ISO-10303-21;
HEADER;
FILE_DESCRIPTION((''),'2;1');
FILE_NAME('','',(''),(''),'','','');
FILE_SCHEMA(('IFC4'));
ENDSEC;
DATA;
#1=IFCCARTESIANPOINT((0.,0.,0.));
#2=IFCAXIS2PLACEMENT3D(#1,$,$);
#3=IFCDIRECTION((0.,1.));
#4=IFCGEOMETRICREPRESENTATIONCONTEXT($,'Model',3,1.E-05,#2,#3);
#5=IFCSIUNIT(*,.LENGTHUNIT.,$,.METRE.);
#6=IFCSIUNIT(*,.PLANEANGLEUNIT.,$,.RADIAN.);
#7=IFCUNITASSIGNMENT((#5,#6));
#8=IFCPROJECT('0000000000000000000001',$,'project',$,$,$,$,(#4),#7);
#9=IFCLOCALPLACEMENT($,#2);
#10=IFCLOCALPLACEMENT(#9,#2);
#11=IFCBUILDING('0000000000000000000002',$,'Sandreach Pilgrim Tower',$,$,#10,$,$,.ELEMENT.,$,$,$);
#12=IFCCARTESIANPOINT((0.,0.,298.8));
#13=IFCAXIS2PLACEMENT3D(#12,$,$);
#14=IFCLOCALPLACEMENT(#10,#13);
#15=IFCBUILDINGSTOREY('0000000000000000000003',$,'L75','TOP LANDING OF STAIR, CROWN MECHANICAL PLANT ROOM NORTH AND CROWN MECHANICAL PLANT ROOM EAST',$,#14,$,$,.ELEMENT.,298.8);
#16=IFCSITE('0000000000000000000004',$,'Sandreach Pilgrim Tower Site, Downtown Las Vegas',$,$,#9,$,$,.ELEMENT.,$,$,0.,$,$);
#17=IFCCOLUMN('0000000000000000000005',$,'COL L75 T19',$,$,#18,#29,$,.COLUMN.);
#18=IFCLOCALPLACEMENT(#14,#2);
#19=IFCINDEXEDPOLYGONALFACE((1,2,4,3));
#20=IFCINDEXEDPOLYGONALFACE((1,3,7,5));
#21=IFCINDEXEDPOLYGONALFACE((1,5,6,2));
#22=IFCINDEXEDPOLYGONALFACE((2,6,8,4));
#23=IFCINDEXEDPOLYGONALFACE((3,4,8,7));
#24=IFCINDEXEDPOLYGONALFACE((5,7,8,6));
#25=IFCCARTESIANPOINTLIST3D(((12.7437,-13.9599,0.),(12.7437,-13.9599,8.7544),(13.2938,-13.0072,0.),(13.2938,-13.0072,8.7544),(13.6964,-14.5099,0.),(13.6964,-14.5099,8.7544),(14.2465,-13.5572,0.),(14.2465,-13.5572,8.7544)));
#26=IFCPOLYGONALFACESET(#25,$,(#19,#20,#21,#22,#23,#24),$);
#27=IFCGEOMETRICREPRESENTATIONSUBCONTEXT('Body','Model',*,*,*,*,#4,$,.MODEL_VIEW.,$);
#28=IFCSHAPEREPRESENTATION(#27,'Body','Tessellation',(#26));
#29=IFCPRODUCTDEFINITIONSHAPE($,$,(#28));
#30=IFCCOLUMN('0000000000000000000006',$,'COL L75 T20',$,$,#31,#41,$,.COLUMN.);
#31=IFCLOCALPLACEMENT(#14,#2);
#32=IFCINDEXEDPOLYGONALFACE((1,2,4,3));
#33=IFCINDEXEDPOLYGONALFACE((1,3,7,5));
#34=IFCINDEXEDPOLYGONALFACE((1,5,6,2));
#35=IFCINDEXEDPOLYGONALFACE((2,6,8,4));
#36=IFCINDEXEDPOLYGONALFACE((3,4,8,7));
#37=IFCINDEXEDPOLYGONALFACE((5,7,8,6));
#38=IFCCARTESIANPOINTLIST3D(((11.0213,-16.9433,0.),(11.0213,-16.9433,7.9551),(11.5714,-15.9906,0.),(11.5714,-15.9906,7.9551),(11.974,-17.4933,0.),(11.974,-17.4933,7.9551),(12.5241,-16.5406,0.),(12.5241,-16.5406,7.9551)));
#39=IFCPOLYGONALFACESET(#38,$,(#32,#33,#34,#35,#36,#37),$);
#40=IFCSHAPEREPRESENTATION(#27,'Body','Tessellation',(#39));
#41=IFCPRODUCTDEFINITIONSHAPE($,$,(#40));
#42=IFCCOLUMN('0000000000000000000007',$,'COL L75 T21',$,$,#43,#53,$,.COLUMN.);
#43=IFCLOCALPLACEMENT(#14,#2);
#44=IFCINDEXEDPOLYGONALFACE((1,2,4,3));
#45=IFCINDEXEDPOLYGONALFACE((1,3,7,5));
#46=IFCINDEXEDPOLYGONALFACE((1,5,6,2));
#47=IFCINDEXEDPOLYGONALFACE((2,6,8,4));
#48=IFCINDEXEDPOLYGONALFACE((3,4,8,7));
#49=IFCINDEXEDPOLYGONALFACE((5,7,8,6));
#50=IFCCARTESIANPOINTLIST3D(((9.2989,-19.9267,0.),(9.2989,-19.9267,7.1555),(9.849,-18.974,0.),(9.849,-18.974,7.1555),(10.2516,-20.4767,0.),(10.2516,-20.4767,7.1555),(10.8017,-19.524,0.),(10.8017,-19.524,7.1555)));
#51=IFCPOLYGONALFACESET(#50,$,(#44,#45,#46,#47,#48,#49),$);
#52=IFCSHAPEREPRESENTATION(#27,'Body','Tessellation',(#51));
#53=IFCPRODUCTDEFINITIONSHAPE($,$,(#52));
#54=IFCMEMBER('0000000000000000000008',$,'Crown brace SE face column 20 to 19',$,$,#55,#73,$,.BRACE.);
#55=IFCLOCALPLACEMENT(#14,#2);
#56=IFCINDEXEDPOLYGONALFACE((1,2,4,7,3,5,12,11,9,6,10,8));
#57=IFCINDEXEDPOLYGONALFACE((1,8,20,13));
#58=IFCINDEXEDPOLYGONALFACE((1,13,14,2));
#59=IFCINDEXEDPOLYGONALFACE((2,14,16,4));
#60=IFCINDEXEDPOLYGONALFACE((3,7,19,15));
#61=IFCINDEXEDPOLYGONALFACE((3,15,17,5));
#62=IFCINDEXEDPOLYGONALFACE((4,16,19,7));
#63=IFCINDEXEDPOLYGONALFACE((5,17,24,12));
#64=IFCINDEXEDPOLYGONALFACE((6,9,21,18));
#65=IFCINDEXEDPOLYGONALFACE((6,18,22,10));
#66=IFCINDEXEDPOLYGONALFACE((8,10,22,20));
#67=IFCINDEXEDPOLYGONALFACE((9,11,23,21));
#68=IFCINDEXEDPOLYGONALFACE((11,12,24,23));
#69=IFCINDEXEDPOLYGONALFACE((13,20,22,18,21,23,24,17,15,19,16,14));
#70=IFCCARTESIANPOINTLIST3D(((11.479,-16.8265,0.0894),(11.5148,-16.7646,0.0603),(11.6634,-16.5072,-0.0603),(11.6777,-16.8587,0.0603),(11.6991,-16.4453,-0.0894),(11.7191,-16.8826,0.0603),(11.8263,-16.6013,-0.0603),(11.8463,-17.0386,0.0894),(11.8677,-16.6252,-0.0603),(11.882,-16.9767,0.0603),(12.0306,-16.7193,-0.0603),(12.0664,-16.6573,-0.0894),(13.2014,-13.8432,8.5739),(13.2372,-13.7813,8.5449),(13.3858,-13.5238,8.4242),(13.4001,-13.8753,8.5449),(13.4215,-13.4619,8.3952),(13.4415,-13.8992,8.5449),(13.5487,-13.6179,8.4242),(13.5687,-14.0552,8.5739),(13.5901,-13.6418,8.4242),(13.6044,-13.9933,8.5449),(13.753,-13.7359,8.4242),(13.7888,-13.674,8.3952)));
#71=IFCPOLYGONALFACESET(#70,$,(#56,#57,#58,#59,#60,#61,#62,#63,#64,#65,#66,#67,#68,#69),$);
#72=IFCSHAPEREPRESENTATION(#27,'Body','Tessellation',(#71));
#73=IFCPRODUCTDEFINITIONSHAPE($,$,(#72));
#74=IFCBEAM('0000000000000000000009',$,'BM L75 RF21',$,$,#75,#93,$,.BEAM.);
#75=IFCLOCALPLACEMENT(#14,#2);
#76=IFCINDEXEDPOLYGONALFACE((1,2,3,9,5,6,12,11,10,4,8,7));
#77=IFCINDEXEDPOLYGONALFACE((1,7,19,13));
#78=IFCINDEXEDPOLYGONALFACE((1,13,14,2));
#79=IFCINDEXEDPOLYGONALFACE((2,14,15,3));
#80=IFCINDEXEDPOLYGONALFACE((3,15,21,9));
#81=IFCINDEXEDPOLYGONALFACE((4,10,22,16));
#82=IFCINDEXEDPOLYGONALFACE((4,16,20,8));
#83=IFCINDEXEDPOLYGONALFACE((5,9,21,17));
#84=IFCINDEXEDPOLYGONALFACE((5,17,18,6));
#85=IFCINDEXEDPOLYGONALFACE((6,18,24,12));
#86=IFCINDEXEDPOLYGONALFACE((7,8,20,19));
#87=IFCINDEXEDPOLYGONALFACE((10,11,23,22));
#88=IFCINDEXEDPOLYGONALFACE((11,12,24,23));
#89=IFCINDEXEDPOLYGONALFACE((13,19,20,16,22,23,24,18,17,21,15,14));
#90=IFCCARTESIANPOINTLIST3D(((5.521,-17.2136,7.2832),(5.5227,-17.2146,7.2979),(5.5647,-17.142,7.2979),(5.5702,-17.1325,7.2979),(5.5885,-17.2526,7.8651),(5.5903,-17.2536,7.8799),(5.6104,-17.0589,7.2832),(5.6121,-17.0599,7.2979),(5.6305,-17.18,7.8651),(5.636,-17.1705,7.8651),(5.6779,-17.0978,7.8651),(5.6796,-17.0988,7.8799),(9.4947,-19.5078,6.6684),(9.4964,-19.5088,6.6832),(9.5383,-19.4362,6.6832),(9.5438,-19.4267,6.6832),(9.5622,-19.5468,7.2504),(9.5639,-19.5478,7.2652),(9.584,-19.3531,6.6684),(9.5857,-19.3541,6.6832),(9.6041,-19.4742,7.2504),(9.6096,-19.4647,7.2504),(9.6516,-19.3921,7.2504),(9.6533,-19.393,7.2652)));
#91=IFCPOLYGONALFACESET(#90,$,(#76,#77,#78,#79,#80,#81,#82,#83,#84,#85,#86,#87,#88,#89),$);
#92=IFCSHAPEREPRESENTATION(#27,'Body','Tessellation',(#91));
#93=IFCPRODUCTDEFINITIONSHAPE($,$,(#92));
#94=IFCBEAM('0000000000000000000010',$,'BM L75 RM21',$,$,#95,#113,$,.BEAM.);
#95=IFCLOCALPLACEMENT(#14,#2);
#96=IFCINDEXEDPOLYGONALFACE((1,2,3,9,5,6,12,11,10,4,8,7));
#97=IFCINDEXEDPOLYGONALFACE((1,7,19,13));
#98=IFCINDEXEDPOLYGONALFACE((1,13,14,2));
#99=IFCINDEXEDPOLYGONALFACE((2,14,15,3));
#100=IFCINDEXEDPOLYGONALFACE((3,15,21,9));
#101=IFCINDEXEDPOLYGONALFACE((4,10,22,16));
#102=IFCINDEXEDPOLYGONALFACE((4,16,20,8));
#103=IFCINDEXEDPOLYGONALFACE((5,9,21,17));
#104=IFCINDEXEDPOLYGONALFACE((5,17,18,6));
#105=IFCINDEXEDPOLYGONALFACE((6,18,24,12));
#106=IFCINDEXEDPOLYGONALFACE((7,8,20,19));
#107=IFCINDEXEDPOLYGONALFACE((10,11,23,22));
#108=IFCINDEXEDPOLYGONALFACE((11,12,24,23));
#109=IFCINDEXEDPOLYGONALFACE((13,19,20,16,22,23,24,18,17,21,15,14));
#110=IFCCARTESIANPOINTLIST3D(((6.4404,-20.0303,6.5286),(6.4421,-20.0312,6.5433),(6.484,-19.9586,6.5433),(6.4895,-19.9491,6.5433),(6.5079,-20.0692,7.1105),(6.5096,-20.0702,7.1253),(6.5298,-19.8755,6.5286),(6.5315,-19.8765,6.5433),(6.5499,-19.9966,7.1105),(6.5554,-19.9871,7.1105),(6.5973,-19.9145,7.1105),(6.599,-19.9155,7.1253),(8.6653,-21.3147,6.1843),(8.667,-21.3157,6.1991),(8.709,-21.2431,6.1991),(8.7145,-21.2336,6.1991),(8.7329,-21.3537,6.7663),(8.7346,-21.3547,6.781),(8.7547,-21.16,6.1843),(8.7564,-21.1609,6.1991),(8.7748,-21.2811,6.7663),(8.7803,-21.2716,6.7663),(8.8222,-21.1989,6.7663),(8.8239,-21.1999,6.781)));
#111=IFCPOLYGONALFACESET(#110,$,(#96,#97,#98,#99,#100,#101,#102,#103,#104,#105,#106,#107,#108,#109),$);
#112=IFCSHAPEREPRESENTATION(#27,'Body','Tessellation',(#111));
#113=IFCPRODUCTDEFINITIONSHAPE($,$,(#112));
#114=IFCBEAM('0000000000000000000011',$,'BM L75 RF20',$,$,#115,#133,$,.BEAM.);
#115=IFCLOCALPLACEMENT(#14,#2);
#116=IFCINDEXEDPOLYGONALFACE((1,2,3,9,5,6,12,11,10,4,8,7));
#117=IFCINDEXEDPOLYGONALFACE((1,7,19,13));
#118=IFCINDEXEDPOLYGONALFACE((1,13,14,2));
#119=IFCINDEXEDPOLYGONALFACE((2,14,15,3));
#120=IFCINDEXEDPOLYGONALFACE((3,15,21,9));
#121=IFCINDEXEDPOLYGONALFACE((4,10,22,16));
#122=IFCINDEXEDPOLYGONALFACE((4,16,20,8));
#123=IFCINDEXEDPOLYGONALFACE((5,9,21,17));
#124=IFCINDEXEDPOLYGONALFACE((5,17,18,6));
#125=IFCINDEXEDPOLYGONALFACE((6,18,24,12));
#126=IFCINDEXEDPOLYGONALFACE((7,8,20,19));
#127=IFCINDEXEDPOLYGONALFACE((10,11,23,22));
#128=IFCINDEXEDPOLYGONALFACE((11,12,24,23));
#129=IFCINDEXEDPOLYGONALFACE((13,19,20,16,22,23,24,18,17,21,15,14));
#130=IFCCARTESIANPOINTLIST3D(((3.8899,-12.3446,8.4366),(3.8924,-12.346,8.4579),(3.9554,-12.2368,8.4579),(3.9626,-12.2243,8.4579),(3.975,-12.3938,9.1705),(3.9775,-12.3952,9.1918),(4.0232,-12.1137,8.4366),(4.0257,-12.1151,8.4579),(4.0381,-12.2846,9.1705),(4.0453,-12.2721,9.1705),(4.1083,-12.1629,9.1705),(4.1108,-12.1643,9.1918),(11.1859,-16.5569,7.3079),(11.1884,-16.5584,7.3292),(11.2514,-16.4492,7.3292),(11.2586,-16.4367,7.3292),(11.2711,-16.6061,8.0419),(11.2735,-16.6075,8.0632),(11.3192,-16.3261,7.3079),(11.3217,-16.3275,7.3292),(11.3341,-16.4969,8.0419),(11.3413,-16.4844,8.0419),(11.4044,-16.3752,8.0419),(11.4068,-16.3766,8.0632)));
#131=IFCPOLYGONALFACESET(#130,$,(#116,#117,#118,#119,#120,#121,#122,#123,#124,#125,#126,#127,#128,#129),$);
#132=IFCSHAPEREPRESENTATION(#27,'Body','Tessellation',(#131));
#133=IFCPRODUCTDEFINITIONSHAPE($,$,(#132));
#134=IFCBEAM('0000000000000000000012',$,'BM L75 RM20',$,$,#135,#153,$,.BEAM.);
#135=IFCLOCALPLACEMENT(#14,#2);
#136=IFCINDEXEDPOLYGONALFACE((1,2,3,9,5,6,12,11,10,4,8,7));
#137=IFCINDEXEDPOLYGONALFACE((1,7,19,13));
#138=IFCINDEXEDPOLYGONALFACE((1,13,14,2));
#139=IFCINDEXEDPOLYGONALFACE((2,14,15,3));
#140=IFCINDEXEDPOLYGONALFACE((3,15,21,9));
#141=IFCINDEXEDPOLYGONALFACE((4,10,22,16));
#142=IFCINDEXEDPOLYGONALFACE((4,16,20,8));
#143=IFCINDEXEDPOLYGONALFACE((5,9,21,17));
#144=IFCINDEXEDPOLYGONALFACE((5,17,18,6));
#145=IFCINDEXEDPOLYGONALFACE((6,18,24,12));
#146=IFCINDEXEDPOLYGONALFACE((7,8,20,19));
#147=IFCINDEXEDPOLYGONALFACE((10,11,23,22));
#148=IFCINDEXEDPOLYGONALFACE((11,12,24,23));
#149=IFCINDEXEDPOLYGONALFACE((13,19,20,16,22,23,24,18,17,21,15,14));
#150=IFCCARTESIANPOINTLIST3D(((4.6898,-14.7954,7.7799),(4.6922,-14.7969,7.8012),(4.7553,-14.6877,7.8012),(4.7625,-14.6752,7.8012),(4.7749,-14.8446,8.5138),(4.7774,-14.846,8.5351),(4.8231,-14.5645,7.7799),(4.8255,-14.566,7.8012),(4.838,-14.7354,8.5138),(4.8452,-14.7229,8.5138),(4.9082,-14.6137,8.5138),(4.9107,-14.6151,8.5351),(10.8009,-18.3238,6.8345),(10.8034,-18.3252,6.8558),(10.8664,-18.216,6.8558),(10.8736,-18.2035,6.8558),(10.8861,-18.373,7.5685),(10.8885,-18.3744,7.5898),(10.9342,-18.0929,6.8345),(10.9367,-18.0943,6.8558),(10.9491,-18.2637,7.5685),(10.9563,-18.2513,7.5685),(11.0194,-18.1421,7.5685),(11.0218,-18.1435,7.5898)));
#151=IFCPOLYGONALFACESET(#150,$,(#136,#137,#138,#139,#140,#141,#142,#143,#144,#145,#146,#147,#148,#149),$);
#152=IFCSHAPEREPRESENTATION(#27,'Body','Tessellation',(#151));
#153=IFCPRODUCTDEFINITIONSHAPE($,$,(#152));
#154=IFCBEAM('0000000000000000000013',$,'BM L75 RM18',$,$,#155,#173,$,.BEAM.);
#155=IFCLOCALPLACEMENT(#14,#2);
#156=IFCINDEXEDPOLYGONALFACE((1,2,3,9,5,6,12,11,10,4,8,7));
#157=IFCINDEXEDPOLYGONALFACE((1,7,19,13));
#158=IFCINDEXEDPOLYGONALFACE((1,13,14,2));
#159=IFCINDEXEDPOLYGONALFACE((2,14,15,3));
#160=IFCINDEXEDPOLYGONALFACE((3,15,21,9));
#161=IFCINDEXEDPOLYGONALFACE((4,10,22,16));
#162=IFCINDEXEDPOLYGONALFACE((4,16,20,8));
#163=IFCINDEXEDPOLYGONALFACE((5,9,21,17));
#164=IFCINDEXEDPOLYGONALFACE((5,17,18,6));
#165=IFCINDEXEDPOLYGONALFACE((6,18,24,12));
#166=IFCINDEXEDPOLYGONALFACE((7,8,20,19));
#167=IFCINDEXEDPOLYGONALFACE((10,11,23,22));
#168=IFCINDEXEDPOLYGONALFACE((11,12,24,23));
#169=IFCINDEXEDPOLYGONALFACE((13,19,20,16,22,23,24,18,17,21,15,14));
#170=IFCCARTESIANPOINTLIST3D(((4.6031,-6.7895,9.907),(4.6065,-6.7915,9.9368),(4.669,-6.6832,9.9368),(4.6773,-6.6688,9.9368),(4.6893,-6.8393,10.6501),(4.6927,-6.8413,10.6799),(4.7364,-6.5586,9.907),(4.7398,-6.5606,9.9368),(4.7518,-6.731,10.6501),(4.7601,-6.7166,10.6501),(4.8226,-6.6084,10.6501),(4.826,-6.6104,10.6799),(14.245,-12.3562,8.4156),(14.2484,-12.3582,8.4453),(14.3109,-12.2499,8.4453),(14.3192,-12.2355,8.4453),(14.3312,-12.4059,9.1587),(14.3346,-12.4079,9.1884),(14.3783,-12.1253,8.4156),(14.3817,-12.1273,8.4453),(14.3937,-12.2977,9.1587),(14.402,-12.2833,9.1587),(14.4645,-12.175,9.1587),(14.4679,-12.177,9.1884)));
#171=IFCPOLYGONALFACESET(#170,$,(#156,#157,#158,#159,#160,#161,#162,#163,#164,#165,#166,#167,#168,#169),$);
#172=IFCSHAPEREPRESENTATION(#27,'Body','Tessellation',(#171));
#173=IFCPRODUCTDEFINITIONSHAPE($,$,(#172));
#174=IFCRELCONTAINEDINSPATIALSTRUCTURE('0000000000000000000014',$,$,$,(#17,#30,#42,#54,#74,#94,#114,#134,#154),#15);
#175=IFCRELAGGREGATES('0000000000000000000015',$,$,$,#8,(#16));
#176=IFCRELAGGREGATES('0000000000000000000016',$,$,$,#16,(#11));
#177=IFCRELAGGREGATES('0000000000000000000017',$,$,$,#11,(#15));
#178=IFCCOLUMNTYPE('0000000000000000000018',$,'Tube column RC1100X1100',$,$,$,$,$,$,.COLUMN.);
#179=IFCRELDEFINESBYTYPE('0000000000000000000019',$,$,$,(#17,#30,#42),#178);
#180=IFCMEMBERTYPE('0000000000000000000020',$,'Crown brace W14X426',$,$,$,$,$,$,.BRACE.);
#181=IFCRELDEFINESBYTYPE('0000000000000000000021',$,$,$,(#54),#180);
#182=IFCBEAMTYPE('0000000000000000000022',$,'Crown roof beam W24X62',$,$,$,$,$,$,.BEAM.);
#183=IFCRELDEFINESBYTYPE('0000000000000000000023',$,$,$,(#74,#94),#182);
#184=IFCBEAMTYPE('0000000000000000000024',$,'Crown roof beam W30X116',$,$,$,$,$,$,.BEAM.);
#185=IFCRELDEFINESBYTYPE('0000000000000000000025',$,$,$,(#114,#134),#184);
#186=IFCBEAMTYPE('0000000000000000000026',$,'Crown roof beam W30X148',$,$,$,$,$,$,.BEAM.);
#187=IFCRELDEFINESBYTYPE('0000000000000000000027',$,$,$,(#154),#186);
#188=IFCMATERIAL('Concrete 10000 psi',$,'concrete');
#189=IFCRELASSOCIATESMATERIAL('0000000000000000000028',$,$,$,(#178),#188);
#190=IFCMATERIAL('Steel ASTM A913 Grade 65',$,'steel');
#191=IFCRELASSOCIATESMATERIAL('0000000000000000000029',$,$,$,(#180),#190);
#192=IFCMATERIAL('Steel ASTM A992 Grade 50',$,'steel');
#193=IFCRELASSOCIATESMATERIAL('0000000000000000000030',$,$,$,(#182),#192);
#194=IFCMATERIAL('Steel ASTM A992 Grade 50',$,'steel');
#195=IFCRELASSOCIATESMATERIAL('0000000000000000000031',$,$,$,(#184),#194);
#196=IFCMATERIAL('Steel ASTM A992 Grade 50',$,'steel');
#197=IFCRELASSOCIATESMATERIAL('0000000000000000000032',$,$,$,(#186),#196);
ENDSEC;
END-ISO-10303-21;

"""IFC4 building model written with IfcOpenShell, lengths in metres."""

from ifc_helpers import new_model, si_unit, direction, frame, origin, origin_2d, place, context, subcontext, project, spatial, rectangle, i_section, extrude, material, material_profile, profile_set, type_object, element, save


model = new_model("IFC4")

# Units and contexts
model_context = context("Model", 3, precision=1e-05, world=origin(), true_north=direction((0.0, 1.0)))
body_context = subcontext(model_context, "Body", "Model", "MODEL_VIEW")
ifc_project = project(units=[si_unit("LENGTHUNIT", "METRE"), si_unit("PLANEANGLEUNIT", "RADIAN")], contexts=[model_context])

# Site, building, storey
site_placement = place(None, origin())
site = spatial("IfcSite", under=ifc_project, at=site_placement, Name="Sandreach Pilgrim Tower Site, Downtown Las Vegas", CompositionType="ELEMENT", RefElevation=0.0)
building_placement = place(site_placement, origin())
building = spatial("IfcBuilding", under=site, at=building_placement, Name="Sandreach Pilgrim Tower", CompositionType="ELEMENT")
storey_placement = place(building_placement, frame((0.0, 0.0, 298.8)))
storey = spatial("IfcBuildingStorey", under=building, at=storey_placement, Name="L75", Description="TOP LANDING OF STAIR, CROWN MECHANICAL PLANT ROOM NORTH AND CROWN MECHANICAL PLANT ROOM EAST", CompositionType="ELEMENT", Elevation=298.8)

# Columns
ifc_material_1 = material(Name="Concrete 10000 psi", Category="concrete")
ifc_material_profile_1 = material_profile(ifc_material_1, rectangle(XDim=1.1001, YDim=1.1001, at=origin_2d()), Name="RC1100X1100")
ifc_profile_set_1 = profile_set([ifc_material_profile_1], Name="Concrete 10000 psi")
column_type = type_object("IfcColumnType", Name="Tube column RC1100X1100", PredefinedType="COLUMN", material=ifc_profile_set_1)
column_1_placement = place(storey_placement, frame((13.4951, -13.7585, 0.0), z_axis=(0.0, 0.0, 1.0), x_axis=(0.866025, -0.5, 0.0)))
element("IfcColumn", 1, at=column_1_placement, inside=storey, type_object=column_type, Name="COL L75 T19", PredefinedType="COLUMN", context=body_context, shape_type="SweptSolid", body=[
    extrude(rectangle(XDim=1.1001, YDim=1.1001, at=origin_2d()), origin(), (0.0, 0.0, 1.0), 8.7544),
])
column_2_placement = place(storey_placement, frame((11.7727, -16.7419, 0.0), z_axis=(0.0, 0.0, 1.0), x_axis=(0.866025, -0.5, 0.0)))
element("IfcColumn", 2, at=column_2_placement, inside=storey, type_object=column_type, Name="COL L75 T20", PredefinedType="COLUMN", context=body_context, shape_type="SweptSolid", body=[
    extrude(rectangle(XDim=1.1001, YDim=1.1001, at=origin_2d()), origin(), (0.0, 0.0, 1.0), 7.9551),
])
column_3_placement = place(storey_placement, frame((10.0503, -19.7253, 0.0), z_axis=(0.0, 0.0, 1.0), x_axis=(0.866025, -0.5, 0.0)))
element("IfcColumn", 3, at=column_3_placement, inside=storey, type_object=column_type, Name="COL L75 T21", PredefinedType="COLUMN", context=body_context, shape_type="SweptSolid", body=[
    extrude(rectangle(XDim=1.1001, YDim=1.1001, at=origin_2d()), origin(), (0.0, 0.0, 1.0), 7.1555),
])

# Member
ifc_material_2 = material(Name="Steel ASTM A913 Grade 65", Category="steel")
ifc_material_profile_2 = material_profile(ifc_material_2, i_section(OverallWidth=0.4241, OverallDepth=0.4751, WebThickness=0.0479, FlangeThickness=0.0771, at=origin_2d()), Name="W14X426")
ifc_profile_set_2 = profile_set([ifc_material_profile_2], Name="Steel ASTM A913 Grade 65")
member_type = type_object("IfcMemberType", Name="Crown brace W14X426", PredefinedType="BRACE", material=ifc_profile_set_2)
member_placement = place(storey_placement, frame((11.7727, -16.7419, 0.0), z_axis=(0.188092, 0.325795, 0.926542), x_axis=(-0.866032, 0.499988, 0.0)))
element("IfcMember", 4, at=member_placement, inside=storey, type_object=member_type, Name="Crown brace SE face column 20 to 19", PredefinedType="BRACE", context=body_context, shape_type="SweptSolid", body=[
    extrude(i_section(OverallWidth=0.4241, OverallDepth=0.4751, WebThickness=0.0479, FlangeThickness=0.0771, at=origin_2d()), origin(), (0.0, 0.0, 1.0), 9.1572),
])

# Beams
ifc_material_3 = material(Name="Steel ASTM A992 Grade 50", Category="steel")
ifc_material_profile_3 = material_profile(ifc_material_3, i_section(OverallWidth=0.1787, OverallDepth=0.6021, WebThickness=0.011, FlangeThickness=0.0149, at=origin_2d()), Name="W24X62")
ifc_profile_set_3 = profile_set([ifc_material_profile_3], Name="Steel ASTM A992 Grade 50")
beam_type_1 = type_object("IfcBeamType", Name="Crown roof beam W24X62", PredefinedType="BEAM", material=ifc_profile_set_3)
beam_1_placement = place(storey_placement, frame((9.574, -19.4504, 6.9668), z_axis=(-0.858355, 0.495574, 0.132793), x_axis=(-0.500002, -0.866024, 0.0)))
element("IfcBeam", 5, at=beam_1_placement, inside=storey, type_object=beam_type_1, Name="BM L75 RF21", PredefinedType="BEAM", context=body_context, shape_type="SweptSolid", body=[
    extrude(i_section(OverallWidth=0.1787, OverallDepth=0.6021, WebThickness=0.011, FlangeThickness=0.0149, at=origin_2d()), origin(), (0.0, 0.0, 1.0), 4.6294),
])
beam_2_placement = place(storey_placement, frame((8.7446, -21.2573, 6.4827), z_axis=(-0.85837, 0.495543, 0.13281), x_axis=(-0.499972, -0.866042, 0.0)))
element("IfcBeam", 6, at=beam_2_placement, inside=storey, type_object=beam_type_1, Name="BM L75 RM21", PredefinedType="BEAM", context=body_context, shape_type="SweptSolid", body=[
    extrude(i_section(OverallWidth=0.1787, OverallDepth=0.6021, WebThickness=0.011, FlangeThickness=0.0149, at=origin_2d()), origin(), (0.0, 0.0, 1.0), 2.592),
])
ifc_material_4 = material(Name="Steel ASTM A992 Grade 50", Category="steel")
ifc_material_profile_4 = material_profile(ifc_material_4, i_section(OverallWidth=0.2666, OverallDepth=0.762, WebThickness=0.0144, FlangeThickness=0.0215, at=origin_2d()), Name="W30X116")
ifc_profile_set_4 = profile_set([ifc_material_profile_4], Name="Steel ASTM A992 Grade 50")
beam_type_2 = type_object("IfcBeamType", Name="Crown roof beam W30X116", PredefinedType="BEAM", material=ifc_profile_set_4)
beam_3_placement = place(storey_placement, frame((11.2964, -16.4668, 7.6855), z_axis=(-0.858358, 0.49557, 0.132782), x_axis=(-0.499998, -0.866027, 0.0)))
element("IfcBeam", 7, at=beam_3_placement, inside=storey, type_object=beam_type_2, Name="BM L75 RF20", PredefinedType="BEAM", context=body_context, shape_type="SweptSolid", body=[
    extrude(i_section(OverallWidth=0.2666, OverallDepth=0.762, WebThickness=0.0144, FlangeThickness=0.0215, at=origin_2d()), origin(), (0.0, 0.0, 1.0), 8.5),
])
beam_4_placement = place(storey_placement, frame((10.9114, -18.2336, 7.2122), z_axis=(-0.858352, 0.495582, 0.132777), x_axis=(-0.500009, -0.86602, 0.0)))
element("IfcBeam", 8, at=beam_4_placement, inside=storey, type_object=beam_type_2, Name="BM L75 RM20", PredefinedType="BEAM", context=body_context, shape_type="SweptSolid", body=[
    extrude(i_section(OverallWidth=0.2666, OverallDepth=0.762, WebThickness=0.0144, FlangeThickness=0.0215, at=origin_2d()), origin(), (0.0, 0.0, 1.0), 7.1196),
])
ifc_material_5 = material(Name="Steel ASTM A992 Grade 50", Category="steel")
ifc_material_profile_5 = material_profile(ifc_material_5, i_section(OverallWidth=0.2666, OverallDepth=0.7798, WebThickness=0.0166, FlangeThickness=0.03, at=origin_2d()), Name="W30X148")
ifc_profile_set_5 = profile_set([ifc_material_profile_5], Name="Steel ASTM A992 Grade 50")
beam_type_3 = type_object("IfcBeamType", Name="Crown roof beam W30X148", PredefinedType="BEAM", material=ifc_profile_set_5)
beam_5_placement = place(storey_placement, frame((14.3564, -12.2666, 8.802), z_axis=(-0.85836, 0.495568, 0.132776), x_axis=(-0.499995, -0.866028, 0.0)))
element("IfcBeam", 9, at=beam_5_placement, inside=storey, type_object=beam_type_3, Name="BM L75 RM18", PredefinedType="BEAM", context=body_context, shape_type="SweptSolid", body=[
    extrude(i_section(OverallWidth=0.2666, OverallDepth=0.7798, WebThickness=0.0166, FlangeThickness=0.03, at=origin_2d()), origin(), (0.0, 0.0, 1.0), 11.2329),
])

save(model, "model.ifc")
